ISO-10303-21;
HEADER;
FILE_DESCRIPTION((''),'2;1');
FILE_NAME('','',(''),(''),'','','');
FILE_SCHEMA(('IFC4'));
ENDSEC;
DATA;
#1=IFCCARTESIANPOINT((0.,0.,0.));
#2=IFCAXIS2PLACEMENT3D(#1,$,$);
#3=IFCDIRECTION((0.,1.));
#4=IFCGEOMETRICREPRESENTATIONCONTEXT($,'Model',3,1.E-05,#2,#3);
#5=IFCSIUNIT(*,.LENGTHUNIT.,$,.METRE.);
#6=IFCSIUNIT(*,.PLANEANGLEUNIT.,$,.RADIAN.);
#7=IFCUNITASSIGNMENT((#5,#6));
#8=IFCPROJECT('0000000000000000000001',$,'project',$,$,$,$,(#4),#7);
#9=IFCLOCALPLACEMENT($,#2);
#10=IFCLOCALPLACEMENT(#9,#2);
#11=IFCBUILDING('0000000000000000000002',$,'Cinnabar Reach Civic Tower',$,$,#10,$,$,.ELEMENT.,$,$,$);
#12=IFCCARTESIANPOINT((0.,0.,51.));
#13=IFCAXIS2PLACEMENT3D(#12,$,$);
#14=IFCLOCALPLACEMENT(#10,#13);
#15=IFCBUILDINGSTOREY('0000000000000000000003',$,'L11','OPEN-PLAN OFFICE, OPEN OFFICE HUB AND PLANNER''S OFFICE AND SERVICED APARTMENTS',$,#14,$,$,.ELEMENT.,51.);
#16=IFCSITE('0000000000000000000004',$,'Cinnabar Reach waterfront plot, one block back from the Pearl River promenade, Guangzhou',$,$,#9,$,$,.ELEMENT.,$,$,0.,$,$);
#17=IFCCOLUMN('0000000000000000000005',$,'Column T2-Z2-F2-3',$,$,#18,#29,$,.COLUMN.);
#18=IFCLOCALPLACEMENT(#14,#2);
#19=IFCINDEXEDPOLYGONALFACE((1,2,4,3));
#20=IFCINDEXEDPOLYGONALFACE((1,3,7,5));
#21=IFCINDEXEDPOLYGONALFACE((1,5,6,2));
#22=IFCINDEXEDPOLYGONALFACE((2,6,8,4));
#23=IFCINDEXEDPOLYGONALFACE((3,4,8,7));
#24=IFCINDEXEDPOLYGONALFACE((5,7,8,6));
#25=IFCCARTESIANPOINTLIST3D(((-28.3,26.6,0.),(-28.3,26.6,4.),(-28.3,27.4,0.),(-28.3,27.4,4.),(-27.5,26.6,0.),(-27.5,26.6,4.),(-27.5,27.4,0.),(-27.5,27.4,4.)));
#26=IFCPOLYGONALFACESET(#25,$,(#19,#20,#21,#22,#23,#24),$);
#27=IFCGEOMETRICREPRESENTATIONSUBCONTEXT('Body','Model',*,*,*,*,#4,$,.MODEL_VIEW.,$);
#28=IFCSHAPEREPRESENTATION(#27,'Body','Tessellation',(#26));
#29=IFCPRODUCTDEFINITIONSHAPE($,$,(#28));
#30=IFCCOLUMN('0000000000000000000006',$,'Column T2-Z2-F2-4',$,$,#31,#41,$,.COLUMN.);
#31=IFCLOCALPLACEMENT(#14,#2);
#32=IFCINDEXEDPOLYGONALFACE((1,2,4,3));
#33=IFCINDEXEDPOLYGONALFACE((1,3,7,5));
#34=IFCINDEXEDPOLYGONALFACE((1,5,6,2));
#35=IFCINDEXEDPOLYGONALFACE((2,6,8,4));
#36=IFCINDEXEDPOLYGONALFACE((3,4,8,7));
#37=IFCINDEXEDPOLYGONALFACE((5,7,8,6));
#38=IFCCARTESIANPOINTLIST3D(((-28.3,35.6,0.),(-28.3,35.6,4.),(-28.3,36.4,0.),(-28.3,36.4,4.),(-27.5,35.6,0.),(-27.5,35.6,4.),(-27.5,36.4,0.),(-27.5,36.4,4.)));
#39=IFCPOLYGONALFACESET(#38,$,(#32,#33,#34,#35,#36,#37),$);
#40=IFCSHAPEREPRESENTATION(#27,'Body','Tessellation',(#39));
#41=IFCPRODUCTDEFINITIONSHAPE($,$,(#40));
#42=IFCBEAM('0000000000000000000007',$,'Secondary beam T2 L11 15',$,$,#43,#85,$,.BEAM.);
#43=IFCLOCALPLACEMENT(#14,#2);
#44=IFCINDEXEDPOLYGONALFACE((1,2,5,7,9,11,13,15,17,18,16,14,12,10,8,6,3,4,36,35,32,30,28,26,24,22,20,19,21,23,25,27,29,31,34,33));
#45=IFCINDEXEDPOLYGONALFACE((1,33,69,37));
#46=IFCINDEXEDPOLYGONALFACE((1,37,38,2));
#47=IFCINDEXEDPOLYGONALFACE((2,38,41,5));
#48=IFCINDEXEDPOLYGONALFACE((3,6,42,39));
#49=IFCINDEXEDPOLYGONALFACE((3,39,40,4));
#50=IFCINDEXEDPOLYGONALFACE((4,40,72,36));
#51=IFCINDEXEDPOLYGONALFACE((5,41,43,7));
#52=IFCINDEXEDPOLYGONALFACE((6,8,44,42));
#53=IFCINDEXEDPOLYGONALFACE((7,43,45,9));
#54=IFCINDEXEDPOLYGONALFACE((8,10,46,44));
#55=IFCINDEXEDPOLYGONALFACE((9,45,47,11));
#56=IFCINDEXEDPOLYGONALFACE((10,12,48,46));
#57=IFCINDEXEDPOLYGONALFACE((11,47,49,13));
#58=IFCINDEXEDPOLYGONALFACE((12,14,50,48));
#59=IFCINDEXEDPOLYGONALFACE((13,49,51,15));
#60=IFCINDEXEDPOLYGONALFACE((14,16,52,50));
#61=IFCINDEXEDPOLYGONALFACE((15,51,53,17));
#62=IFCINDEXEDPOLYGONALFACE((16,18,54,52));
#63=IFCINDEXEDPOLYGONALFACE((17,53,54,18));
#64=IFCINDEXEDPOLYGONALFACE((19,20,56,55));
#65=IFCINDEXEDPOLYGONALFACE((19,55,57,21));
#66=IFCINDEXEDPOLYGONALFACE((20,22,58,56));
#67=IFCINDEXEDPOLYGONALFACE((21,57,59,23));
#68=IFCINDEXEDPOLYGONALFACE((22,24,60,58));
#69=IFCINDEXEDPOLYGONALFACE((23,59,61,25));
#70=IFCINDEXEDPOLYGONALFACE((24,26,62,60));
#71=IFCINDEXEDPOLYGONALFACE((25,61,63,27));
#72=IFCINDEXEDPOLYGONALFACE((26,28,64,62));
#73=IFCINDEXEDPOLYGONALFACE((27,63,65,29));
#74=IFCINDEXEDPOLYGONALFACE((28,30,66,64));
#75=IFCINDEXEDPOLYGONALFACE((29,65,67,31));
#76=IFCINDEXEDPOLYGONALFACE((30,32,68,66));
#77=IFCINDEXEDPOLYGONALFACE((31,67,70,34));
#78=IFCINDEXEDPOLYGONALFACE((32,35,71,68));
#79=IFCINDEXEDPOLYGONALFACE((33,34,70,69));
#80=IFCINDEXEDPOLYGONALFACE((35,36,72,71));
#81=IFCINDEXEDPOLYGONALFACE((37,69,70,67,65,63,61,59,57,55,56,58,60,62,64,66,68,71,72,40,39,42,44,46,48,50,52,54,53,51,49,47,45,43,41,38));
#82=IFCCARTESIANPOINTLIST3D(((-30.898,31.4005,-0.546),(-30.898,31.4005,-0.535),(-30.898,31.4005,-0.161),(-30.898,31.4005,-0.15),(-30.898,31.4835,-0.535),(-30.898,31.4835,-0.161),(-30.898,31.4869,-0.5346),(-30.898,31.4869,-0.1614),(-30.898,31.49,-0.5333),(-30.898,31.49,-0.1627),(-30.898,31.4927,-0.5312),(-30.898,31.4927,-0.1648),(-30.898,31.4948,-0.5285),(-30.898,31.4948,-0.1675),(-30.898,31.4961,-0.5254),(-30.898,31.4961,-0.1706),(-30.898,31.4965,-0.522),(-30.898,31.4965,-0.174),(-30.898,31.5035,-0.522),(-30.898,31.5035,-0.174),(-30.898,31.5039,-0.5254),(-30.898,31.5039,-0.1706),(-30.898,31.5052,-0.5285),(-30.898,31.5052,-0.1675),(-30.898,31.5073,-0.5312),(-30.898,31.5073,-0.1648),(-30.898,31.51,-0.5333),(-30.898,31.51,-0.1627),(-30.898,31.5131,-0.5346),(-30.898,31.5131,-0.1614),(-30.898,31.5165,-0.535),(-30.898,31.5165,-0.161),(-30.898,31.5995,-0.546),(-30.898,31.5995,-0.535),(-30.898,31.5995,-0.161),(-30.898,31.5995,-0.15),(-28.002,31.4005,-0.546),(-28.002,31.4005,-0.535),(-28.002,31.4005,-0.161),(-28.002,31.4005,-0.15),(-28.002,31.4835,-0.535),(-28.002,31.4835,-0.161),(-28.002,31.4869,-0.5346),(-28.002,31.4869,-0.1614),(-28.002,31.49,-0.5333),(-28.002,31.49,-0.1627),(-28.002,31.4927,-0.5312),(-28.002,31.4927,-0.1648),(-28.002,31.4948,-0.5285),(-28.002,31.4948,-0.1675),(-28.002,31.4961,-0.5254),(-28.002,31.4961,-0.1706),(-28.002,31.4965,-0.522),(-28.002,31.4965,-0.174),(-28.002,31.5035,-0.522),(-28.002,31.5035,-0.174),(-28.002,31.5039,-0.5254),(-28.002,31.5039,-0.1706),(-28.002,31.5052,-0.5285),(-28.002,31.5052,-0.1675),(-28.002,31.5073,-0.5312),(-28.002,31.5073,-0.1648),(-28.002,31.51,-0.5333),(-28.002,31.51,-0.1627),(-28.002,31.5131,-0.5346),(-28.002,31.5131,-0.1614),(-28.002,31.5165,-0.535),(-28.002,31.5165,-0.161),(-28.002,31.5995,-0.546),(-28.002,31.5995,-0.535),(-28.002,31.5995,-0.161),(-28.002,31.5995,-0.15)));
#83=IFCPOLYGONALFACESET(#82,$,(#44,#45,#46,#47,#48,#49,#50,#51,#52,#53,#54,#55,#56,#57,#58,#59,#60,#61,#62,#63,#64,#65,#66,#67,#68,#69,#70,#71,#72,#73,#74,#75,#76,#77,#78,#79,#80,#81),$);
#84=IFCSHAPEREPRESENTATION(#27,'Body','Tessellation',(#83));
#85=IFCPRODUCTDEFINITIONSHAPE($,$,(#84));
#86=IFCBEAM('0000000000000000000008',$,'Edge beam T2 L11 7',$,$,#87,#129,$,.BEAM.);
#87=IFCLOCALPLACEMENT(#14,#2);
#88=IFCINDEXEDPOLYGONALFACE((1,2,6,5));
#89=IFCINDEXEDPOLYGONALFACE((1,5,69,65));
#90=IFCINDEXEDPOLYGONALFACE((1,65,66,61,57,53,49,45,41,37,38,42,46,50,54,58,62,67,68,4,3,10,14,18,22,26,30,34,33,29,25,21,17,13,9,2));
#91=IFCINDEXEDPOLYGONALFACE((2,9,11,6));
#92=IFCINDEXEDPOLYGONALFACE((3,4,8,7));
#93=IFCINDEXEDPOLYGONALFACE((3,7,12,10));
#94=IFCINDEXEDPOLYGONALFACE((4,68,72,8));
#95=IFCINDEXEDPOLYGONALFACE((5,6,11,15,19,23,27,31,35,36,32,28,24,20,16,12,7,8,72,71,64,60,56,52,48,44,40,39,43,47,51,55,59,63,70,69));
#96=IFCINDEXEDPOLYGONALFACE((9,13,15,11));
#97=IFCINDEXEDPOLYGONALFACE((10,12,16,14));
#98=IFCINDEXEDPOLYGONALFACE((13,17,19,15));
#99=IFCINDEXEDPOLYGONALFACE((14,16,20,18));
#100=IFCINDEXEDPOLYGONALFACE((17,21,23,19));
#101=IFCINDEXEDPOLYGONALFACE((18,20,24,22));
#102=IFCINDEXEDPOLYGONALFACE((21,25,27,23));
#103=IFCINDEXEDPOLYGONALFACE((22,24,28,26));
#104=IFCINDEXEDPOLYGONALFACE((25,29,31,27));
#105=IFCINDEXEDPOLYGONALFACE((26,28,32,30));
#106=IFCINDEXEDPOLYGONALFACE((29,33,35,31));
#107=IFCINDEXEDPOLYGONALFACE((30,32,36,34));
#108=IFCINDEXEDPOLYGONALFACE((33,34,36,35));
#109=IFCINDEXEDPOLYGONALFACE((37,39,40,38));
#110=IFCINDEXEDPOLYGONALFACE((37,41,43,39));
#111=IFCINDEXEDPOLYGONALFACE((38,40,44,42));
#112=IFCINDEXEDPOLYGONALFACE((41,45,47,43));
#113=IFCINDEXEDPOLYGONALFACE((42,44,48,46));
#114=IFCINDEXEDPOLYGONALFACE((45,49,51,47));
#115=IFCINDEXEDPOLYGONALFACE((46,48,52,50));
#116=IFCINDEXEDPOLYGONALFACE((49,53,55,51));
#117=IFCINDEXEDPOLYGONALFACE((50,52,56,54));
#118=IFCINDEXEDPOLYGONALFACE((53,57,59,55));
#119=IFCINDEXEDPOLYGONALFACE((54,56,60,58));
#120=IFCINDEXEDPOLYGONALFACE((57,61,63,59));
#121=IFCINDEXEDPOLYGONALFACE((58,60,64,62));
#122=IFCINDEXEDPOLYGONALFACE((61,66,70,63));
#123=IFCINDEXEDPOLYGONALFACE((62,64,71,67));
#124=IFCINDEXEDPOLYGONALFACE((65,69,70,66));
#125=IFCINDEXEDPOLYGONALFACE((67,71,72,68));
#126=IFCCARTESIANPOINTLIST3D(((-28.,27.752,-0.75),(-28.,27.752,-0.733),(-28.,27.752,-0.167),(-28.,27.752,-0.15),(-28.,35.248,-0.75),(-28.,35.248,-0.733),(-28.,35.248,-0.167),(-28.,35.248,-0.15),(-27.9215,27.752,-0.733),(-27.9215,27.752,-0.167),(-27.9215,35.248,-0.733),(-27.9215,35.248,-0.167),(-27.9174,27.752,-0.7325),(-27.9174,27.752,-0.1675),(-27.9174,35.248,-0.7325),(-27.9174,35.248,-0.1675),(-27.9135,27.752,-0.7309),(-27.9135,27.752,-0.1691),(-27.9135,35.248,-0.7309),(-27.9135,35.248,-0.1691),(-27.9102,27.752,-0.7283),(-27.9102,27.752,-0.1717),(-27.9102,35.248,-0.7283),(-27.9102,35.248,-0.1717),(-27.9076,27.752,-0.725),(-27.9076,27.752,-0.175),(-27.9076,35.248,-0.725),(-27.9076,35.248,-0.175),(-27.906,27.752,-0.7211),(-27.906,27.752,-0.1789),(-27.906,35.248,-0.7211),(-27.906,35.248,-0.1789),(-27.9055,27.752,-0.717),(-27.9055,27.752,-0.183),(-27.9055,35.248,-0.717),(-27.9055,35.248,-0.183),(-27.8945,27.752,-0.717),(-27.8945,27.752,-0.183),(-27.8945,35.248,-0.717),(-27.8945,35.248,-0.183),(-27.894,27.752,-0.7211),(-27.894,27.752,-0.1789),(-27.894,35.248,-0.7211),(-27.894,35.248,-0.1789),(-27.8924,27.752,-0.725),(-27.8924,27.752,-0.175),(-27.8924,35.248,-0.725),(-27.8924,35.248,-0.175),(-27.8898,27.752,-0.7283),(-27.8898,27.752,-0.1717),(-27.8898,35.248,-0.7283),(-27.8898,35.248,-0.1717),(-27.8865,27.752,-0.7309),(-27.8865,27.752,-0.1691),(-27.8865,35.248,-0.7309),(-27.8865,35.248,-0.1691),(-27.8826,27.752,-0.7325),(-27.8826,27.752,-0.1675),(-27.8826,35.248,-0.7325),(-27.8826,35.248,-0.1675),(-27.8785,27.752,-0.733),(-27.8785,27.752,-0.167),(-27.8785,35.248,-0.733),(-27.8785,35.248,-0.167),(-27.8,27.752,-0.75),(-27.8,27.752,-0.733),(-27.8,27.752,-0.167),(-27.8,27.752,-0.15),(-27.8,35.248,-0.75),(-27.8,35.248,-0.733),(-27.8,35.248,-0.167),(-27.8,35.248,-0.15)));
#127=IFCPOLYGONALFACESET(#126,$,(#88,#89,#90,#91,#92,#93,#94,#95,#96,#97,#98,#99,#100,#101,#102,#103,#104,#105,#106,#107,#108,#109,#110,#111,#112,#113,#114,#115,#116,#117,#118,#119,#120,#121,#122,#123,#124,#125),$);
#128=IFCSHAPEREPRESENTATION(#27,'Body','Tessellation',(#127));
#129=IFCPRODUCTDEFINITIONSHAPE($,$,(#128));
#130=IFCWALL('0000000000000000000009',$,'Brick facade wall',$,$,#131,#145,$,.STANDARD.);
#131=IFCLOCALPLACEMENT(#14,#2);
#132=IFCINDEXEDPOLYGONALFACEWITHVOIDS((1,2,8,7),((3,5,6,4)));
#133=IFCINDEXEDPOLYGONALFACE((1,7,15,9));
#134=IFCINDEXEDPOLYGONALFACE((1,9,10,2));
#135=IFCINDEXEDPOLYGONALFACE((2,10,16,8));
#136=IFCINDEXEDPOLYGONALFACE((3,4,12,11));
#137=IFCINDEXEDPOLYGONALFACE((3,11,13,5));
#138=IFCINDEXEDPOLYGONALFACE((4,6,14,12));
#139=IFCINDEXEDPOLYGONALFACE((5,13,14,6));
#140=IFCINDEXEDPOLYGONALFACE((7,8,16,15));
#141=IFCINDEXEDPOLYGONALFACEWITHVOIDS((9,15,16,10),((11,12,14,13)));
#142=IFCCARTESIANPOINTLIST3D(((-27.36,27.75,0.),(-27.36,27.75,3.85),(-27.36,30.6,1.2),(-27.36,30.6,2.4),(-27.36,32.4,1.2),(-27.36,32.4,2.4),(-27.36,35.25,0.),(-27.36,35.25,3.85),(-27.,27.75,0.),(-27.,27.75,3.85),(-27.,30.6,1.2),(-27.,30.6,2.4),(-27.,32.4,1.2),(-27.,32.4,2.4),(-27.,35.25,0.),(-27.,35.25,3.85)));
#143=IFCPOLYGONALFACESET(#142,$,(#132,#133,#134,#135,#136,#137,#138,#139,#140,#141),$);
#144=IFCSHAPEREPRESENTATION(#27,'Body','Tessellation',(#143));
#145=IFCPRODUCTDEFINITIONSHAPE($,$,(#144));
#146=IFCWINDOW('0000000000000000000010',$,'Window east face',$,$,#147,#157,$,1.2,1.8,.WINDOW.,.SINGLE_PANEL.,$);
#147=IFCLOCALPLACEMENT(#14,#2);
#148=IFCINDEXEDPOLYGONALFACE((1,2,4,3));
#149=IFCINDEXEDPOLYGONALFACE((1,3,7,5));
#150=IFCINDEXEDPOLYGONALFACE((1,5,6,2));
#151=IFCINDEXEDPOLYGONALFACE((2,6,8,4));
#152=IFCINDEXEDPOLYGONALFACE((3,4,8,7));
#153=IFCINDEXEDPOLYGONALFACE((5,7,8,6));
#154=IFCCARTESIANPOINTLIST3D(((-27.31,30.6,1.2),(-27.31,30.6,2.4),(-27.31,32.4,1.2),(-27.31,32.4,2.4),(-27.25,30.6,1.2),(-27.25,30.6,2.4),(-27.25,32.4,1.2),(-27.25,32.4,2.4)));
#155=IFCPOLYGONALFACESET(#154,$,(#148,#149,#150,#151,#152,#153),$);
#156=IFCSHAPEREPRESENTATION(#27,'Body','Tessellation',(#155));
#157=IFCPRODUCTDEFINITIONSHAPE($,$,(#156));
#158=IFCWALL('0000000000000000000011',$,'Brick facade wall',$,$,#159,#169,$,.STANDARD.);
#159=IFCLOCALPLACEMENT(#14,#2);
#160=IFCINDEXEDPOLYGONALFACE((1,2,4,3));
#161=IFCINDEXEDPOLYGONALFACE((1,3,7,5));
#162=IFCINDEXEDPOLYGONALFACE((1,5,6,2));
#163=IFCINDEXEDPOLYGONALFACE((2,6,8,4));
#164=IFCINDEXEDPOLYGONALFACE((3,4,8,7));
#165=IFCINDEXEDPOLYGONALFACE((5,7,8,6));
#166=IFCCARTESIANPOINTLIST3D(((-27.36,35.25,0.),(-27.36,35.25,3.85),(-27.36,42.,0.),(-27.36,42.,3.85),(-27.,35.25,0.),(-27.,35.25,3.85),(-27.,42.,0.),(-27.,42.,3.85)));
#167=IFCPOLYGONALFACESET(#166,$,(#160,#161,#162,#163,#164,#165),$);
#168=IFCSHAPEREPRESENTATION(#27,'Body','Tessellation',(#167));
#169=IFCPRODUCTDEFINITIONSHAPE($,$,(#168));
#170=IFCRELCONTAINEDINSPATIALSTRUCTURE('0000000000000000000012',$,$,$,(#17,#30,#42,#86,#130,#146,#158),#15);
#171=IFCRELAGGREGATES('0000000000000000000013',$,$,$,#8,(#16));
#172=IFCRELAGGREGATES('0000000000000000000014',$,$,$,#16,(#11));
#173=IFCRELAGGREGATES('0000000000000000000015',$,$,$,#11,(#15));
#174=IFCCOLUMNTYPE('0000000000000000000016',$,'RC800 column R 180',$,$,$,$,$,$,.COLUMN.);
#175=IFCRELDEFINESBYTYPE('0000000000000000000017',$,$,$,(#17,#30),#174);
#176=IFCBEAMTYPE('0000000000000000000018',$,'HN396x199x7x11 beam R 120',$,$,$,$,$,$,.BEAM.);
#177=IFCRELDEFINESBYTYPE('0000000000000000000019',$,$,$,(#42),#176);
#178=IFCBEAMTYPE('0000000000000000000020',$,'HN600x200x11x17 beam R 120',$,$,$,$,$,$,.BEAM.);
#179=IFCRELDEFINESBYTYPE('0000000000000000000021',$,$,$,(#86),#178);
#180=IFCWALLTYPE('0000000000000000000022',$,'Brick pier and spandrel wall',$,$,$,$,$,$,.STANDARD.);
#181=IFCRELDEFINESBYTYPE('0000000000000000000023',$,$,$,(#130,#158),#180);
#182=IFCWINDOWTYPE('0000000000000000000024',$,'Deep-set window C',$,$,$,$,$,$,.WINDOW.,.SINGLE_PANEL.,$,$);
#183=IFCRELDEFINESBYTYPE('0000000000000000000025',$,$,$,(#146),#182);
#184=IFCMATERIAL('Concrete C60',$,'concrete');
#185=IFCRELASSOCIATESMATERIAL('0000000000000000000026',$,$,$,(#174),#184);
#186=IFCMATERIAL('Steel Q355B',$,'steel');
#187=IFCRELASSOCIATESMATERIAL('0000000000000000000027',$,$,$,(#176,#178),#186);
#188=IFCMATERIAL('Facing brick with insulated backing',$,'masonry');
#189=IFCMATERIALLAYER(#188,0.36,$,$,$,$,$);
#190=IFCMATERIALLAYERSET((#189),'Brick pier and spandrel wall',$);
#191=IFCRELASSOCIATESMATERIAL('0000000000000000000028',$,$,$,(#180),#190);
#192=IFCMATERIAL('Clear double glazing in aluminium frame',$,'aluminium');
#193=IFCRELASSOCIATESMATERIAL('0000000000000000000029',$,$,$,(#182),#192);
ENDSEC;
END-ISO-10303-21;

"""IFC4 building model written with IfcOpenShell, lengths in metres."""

from ifc_helpers import new_model, si_unit, direction, frame, frame_2d, origin, origin_2d, place, context, subcontext, project, spatial, rectangle, i_section, extrude, material, layer, layer_set, material_profile, profile_set, type_object, element, fill, save


model = new_model("IFC4")

# Units and contexts
model_context = context("Model", 3, precision=1e-05, world=origin(), true_north=direction((0.0, 1.0)))
body_context = subcontext(model_context, "Body", "Model", "MODEL_VIEW")
ifc_project = project(units=[si_unit("LENGTHUNIT", "METRE"), si_unit("PLANEANGLEUNIT", "RADIAN")], contexts=[model_context])

# Site, building, storey
site_placement = place(None, origin())
site = spatial("IfcSite", under=ifc_project, at=site_placement, Name="Cinnabar Reach waterfront plot, one block back from the Pearl River promenade, Guangzhou", CompositionType="ELEMENT", RefElevation=0.0)
building_placement = place(site_placement, origin())
building = spatial("IfcBuilding", under=site, at=building_placement, Name="Cinnabar Reach Civic Tower", CompositionType="ELEMENT")
storey_placement = place(building_placement, frame((0.0, 0.0, 51.0)))
storey = spatial("IfcBuildingStorey", under=building, at=storey_placement, Name="L11", Description="OPEN-PLAN OFFICE, OPEN OFFICE HUB AND PLANNER'S OFFICE AND SERVICED APARTMENTS", CompositionType="ELEMENT", Elevation=51.0)

# Columns
ifc_material_1 = material(Name="Concrete C60", Category="concrete")
ifc_material_profile_1 = material_profile(ifc_material_1, rectangle(XDim=0.8, YDim=0.8, at=origin_2d()), Name="RC800")
ifc_profile_set_1 = profile_set([ifc_material_profile_1], Name="Concrete C60")
column_type = type_object("IfcColumnType", Name="RC800 column R 180", PredefinedType="COLUMN", material=ifc_profile_set_1)
for number, where, z_axis, x_axis, name in (
    (1, (-27.9, 27.0, 0.0), (0.0, 0.0, 1.0), (1.0, 0.0, 0.0), "Column T2-Z2-F2-3"),
    (2, (-27.9, 36.0, 0.0), (0.0, 0.0, 1.0), (1.0, 0.0, 0.0), "Column T2-Z2-F2-4"),
):
    element("IfcColumn", number, at=place(storey_placement, frame(where, z_axis=z_axis, x_axis=x_axis)), inside=storey, type_object=column_type, Name=name, PredefinedType="COLUMN", context=body_context, shape_type="SweptSolid", body=[
        extrude(rectangle(XDim=0.8, YDim=0.8, at=origin_2d()), origin(), (0.0, 0.0, 1.0), 4.0),
    ])

# Beams
ifc_material_2 = material(Name="Steel Q355B", Category="steel")
ifc_material_profile_2 = material_profile(ifc_material_2, i_section(OverallWidth=0.199, OverallDepth=0.396, WebThickness=0.007, FlangeThickness=0.011, FilletRadius=0.013, at=origin_2d()), Name="HN396x199x7x11")
ifc_profile_set_2 = profile_set([ifc_material_profile_2], Name="Steel Q355B")
beam_type_1 = type_object("IfcBeamType", Name="HN396x199x7x11 beam R 120", PredefinedType="BEAM", material=ifc_profile_set_2)
beam_1_placement = place(storey_placement, frame((-30.898, 31.5, -0.348), z_axis=(1.0, 0.0, 0.0), x_axis=(0.0, 1.0, 0.0)))
element("IfcBeam", 3, at=beam_1_placement, inside=storey, type_object=beam_type_1, Name="Secondary beam T2 L11 15", PredefinedType="BEAM", context=body_context, shape_type="SweptSolid", body=[
    extrude(i_section(OverallWidth=0.199, OverallDepth=0.396, WebThickness=0.007, FlangeThickness=0.011, FilletRadius=0.013, at=origin_2d()), origin(), (0.0, 0.0, 1.0), 2.896),
])
ifc_material_profile_3 = material_profile(ifc_material_2, i_section(OverallWidth=0.2, OverallDepth=0.6, WebThickness=0.011, FlangeThickness=0.017, FilletRadius=0.016, at=origin_2d()), Name="HN600x200x11x17")
ifc_profile_set_3 = profile_set([ifc_material_profile_3], Name="Steel Q355B")
beam_type_2 = type_object("IfcBeamType", Name="HN600x200x11x17 beam R 120", PredefinedType="BEAM", material=ifc_profile_set_3)
beam_2_placement = place(storey_placement, frame((-27.9, 27.752, -0.45), z_axis=(0.0, 1.0, 0.0), x_axis=(-1.0, 0.0, 0.0)))
element("IfcBeam", 4, at=beam_2_placement, inside=storey, type_object=beam_type_2, Name="Edge beam T2 L11 7", PredefinedType="BEAM", context=body_context, shape_type="SweptSolid", body=[
    extrude(i_section(OverallWidth=0.2, OverallDepth=0.6, WebThickness=0.011, FlangeThickness=0.017, FilletRadius=0.016, at=origin_2d()), origin(), (0.0, 0.0, 1.0), 7.496),
])

# Wall, opening, window
ifc_material_3 = material(Name="Facing brick with insulated backing", Category="masonry")
ifc_layer_1 = layer(ifc_material_3, 0.36)
ifc_layer_set_1 = layer_set([ifc_layer_1], Name="Brick pier and spandrel wall")
wall_type_1 = type_object("IfcWallType", Name="Brick pier and spandrel wall", PredefinedType="STANDARD", material=ifc_layer_set_1)
wall_1_placement = place(storey_placement, frame((-27.18, 27.75, 0.0), z_axis=(0.0, 0.0, 1.0), x_axis=(0.0, 1.0, 0.0)))
wall_1 = element("IfcWall", 5, at=wall_1_placement, inside=storey, type_object=wall_type_1, Name="Brick facade wall", PredefinedType="STANDARD", context=body_context, shape_type="SweptSolid", body=[
    extrude(rectangle(XDim=7.5, YDim=0.36, at=frame_2d((3.75, 0.0))), origin(), (0.0, 0.0, 1.0), 3.85),
])
opening_1_placement = place(wall_1_placement, frame((2.85, 0.0, 1.2)))
opening_1 = element("IfcOpeningElement", 6, at=opening_1_placement, cuts=wall_1, PredefinedType="OPENING", context=body_context, shape_type="SweptSolid", body=[
    extrude(rectangle(XDim=1.8, YDim=1.2, at=frame_2d((0.9, 0.6))), frame((0.0, 0.19, 0.0), z_axis=(0.0, -1.0, 0.0), x_axis=(1.0, 0.0, 0.0)), (0.0, 0.0, 1.0), 0.38),
])
ifc_material_4 = material(Name="Clear double glazing in aluminium frame", Category="aluminium")
window_type = type_object("IfcWindowType", Name="Deep-set window C", PartitioningType="SINGLE_PANEL", PredefinedType="WINDOW", material=ifc_material_4)
window_placement = place(opening_1_placement, origin())
window = element("IfcWindow", 7, at=window_placement, inside=storey, type_object=window_type, Name="Window east face", OverallHeight=1.2, OverallWidth=1.8, PartitioningType="SINGLE_PANEL", PredefinedType="WINDOW", context=body_context, shape_type="SweptSolid", body=[
    extrude(rectangle(XDim=1.8, YDim=1.2, at=frame_2d((0.9, 0.6))), frame((0.0, 0.13, 0.0), z_axis=(0.0, -1.0, 0.0), x_axis=(1.0, 0.0, 0.0)), (0.0, 0.0, 1.0), 0.06),
])
fill(opening_1, window)

# Wall
wall_2_placement = place(storey_placement, frame((-27.18, 35.25, 0.0), z_axis=(0.0, 0.0, 1.0), x_axis=(0.0, 1.0, 0.0)))
element("IfcWall", 8, at=wall_2_placement, inside=storey, type_object=wall_type_1, Name="Brick facade wall", PredefinedType="STANDARD", context=body_context, shape_type="SweptSolid", body=[
    extrude(rectangle(XDim=6.75, YDim=0.36, at=frame_2d((3.375, 0.0))), origin(), (0.0, 0.0, 1.0), 3.85),
])

save(model, "model.ifc")
